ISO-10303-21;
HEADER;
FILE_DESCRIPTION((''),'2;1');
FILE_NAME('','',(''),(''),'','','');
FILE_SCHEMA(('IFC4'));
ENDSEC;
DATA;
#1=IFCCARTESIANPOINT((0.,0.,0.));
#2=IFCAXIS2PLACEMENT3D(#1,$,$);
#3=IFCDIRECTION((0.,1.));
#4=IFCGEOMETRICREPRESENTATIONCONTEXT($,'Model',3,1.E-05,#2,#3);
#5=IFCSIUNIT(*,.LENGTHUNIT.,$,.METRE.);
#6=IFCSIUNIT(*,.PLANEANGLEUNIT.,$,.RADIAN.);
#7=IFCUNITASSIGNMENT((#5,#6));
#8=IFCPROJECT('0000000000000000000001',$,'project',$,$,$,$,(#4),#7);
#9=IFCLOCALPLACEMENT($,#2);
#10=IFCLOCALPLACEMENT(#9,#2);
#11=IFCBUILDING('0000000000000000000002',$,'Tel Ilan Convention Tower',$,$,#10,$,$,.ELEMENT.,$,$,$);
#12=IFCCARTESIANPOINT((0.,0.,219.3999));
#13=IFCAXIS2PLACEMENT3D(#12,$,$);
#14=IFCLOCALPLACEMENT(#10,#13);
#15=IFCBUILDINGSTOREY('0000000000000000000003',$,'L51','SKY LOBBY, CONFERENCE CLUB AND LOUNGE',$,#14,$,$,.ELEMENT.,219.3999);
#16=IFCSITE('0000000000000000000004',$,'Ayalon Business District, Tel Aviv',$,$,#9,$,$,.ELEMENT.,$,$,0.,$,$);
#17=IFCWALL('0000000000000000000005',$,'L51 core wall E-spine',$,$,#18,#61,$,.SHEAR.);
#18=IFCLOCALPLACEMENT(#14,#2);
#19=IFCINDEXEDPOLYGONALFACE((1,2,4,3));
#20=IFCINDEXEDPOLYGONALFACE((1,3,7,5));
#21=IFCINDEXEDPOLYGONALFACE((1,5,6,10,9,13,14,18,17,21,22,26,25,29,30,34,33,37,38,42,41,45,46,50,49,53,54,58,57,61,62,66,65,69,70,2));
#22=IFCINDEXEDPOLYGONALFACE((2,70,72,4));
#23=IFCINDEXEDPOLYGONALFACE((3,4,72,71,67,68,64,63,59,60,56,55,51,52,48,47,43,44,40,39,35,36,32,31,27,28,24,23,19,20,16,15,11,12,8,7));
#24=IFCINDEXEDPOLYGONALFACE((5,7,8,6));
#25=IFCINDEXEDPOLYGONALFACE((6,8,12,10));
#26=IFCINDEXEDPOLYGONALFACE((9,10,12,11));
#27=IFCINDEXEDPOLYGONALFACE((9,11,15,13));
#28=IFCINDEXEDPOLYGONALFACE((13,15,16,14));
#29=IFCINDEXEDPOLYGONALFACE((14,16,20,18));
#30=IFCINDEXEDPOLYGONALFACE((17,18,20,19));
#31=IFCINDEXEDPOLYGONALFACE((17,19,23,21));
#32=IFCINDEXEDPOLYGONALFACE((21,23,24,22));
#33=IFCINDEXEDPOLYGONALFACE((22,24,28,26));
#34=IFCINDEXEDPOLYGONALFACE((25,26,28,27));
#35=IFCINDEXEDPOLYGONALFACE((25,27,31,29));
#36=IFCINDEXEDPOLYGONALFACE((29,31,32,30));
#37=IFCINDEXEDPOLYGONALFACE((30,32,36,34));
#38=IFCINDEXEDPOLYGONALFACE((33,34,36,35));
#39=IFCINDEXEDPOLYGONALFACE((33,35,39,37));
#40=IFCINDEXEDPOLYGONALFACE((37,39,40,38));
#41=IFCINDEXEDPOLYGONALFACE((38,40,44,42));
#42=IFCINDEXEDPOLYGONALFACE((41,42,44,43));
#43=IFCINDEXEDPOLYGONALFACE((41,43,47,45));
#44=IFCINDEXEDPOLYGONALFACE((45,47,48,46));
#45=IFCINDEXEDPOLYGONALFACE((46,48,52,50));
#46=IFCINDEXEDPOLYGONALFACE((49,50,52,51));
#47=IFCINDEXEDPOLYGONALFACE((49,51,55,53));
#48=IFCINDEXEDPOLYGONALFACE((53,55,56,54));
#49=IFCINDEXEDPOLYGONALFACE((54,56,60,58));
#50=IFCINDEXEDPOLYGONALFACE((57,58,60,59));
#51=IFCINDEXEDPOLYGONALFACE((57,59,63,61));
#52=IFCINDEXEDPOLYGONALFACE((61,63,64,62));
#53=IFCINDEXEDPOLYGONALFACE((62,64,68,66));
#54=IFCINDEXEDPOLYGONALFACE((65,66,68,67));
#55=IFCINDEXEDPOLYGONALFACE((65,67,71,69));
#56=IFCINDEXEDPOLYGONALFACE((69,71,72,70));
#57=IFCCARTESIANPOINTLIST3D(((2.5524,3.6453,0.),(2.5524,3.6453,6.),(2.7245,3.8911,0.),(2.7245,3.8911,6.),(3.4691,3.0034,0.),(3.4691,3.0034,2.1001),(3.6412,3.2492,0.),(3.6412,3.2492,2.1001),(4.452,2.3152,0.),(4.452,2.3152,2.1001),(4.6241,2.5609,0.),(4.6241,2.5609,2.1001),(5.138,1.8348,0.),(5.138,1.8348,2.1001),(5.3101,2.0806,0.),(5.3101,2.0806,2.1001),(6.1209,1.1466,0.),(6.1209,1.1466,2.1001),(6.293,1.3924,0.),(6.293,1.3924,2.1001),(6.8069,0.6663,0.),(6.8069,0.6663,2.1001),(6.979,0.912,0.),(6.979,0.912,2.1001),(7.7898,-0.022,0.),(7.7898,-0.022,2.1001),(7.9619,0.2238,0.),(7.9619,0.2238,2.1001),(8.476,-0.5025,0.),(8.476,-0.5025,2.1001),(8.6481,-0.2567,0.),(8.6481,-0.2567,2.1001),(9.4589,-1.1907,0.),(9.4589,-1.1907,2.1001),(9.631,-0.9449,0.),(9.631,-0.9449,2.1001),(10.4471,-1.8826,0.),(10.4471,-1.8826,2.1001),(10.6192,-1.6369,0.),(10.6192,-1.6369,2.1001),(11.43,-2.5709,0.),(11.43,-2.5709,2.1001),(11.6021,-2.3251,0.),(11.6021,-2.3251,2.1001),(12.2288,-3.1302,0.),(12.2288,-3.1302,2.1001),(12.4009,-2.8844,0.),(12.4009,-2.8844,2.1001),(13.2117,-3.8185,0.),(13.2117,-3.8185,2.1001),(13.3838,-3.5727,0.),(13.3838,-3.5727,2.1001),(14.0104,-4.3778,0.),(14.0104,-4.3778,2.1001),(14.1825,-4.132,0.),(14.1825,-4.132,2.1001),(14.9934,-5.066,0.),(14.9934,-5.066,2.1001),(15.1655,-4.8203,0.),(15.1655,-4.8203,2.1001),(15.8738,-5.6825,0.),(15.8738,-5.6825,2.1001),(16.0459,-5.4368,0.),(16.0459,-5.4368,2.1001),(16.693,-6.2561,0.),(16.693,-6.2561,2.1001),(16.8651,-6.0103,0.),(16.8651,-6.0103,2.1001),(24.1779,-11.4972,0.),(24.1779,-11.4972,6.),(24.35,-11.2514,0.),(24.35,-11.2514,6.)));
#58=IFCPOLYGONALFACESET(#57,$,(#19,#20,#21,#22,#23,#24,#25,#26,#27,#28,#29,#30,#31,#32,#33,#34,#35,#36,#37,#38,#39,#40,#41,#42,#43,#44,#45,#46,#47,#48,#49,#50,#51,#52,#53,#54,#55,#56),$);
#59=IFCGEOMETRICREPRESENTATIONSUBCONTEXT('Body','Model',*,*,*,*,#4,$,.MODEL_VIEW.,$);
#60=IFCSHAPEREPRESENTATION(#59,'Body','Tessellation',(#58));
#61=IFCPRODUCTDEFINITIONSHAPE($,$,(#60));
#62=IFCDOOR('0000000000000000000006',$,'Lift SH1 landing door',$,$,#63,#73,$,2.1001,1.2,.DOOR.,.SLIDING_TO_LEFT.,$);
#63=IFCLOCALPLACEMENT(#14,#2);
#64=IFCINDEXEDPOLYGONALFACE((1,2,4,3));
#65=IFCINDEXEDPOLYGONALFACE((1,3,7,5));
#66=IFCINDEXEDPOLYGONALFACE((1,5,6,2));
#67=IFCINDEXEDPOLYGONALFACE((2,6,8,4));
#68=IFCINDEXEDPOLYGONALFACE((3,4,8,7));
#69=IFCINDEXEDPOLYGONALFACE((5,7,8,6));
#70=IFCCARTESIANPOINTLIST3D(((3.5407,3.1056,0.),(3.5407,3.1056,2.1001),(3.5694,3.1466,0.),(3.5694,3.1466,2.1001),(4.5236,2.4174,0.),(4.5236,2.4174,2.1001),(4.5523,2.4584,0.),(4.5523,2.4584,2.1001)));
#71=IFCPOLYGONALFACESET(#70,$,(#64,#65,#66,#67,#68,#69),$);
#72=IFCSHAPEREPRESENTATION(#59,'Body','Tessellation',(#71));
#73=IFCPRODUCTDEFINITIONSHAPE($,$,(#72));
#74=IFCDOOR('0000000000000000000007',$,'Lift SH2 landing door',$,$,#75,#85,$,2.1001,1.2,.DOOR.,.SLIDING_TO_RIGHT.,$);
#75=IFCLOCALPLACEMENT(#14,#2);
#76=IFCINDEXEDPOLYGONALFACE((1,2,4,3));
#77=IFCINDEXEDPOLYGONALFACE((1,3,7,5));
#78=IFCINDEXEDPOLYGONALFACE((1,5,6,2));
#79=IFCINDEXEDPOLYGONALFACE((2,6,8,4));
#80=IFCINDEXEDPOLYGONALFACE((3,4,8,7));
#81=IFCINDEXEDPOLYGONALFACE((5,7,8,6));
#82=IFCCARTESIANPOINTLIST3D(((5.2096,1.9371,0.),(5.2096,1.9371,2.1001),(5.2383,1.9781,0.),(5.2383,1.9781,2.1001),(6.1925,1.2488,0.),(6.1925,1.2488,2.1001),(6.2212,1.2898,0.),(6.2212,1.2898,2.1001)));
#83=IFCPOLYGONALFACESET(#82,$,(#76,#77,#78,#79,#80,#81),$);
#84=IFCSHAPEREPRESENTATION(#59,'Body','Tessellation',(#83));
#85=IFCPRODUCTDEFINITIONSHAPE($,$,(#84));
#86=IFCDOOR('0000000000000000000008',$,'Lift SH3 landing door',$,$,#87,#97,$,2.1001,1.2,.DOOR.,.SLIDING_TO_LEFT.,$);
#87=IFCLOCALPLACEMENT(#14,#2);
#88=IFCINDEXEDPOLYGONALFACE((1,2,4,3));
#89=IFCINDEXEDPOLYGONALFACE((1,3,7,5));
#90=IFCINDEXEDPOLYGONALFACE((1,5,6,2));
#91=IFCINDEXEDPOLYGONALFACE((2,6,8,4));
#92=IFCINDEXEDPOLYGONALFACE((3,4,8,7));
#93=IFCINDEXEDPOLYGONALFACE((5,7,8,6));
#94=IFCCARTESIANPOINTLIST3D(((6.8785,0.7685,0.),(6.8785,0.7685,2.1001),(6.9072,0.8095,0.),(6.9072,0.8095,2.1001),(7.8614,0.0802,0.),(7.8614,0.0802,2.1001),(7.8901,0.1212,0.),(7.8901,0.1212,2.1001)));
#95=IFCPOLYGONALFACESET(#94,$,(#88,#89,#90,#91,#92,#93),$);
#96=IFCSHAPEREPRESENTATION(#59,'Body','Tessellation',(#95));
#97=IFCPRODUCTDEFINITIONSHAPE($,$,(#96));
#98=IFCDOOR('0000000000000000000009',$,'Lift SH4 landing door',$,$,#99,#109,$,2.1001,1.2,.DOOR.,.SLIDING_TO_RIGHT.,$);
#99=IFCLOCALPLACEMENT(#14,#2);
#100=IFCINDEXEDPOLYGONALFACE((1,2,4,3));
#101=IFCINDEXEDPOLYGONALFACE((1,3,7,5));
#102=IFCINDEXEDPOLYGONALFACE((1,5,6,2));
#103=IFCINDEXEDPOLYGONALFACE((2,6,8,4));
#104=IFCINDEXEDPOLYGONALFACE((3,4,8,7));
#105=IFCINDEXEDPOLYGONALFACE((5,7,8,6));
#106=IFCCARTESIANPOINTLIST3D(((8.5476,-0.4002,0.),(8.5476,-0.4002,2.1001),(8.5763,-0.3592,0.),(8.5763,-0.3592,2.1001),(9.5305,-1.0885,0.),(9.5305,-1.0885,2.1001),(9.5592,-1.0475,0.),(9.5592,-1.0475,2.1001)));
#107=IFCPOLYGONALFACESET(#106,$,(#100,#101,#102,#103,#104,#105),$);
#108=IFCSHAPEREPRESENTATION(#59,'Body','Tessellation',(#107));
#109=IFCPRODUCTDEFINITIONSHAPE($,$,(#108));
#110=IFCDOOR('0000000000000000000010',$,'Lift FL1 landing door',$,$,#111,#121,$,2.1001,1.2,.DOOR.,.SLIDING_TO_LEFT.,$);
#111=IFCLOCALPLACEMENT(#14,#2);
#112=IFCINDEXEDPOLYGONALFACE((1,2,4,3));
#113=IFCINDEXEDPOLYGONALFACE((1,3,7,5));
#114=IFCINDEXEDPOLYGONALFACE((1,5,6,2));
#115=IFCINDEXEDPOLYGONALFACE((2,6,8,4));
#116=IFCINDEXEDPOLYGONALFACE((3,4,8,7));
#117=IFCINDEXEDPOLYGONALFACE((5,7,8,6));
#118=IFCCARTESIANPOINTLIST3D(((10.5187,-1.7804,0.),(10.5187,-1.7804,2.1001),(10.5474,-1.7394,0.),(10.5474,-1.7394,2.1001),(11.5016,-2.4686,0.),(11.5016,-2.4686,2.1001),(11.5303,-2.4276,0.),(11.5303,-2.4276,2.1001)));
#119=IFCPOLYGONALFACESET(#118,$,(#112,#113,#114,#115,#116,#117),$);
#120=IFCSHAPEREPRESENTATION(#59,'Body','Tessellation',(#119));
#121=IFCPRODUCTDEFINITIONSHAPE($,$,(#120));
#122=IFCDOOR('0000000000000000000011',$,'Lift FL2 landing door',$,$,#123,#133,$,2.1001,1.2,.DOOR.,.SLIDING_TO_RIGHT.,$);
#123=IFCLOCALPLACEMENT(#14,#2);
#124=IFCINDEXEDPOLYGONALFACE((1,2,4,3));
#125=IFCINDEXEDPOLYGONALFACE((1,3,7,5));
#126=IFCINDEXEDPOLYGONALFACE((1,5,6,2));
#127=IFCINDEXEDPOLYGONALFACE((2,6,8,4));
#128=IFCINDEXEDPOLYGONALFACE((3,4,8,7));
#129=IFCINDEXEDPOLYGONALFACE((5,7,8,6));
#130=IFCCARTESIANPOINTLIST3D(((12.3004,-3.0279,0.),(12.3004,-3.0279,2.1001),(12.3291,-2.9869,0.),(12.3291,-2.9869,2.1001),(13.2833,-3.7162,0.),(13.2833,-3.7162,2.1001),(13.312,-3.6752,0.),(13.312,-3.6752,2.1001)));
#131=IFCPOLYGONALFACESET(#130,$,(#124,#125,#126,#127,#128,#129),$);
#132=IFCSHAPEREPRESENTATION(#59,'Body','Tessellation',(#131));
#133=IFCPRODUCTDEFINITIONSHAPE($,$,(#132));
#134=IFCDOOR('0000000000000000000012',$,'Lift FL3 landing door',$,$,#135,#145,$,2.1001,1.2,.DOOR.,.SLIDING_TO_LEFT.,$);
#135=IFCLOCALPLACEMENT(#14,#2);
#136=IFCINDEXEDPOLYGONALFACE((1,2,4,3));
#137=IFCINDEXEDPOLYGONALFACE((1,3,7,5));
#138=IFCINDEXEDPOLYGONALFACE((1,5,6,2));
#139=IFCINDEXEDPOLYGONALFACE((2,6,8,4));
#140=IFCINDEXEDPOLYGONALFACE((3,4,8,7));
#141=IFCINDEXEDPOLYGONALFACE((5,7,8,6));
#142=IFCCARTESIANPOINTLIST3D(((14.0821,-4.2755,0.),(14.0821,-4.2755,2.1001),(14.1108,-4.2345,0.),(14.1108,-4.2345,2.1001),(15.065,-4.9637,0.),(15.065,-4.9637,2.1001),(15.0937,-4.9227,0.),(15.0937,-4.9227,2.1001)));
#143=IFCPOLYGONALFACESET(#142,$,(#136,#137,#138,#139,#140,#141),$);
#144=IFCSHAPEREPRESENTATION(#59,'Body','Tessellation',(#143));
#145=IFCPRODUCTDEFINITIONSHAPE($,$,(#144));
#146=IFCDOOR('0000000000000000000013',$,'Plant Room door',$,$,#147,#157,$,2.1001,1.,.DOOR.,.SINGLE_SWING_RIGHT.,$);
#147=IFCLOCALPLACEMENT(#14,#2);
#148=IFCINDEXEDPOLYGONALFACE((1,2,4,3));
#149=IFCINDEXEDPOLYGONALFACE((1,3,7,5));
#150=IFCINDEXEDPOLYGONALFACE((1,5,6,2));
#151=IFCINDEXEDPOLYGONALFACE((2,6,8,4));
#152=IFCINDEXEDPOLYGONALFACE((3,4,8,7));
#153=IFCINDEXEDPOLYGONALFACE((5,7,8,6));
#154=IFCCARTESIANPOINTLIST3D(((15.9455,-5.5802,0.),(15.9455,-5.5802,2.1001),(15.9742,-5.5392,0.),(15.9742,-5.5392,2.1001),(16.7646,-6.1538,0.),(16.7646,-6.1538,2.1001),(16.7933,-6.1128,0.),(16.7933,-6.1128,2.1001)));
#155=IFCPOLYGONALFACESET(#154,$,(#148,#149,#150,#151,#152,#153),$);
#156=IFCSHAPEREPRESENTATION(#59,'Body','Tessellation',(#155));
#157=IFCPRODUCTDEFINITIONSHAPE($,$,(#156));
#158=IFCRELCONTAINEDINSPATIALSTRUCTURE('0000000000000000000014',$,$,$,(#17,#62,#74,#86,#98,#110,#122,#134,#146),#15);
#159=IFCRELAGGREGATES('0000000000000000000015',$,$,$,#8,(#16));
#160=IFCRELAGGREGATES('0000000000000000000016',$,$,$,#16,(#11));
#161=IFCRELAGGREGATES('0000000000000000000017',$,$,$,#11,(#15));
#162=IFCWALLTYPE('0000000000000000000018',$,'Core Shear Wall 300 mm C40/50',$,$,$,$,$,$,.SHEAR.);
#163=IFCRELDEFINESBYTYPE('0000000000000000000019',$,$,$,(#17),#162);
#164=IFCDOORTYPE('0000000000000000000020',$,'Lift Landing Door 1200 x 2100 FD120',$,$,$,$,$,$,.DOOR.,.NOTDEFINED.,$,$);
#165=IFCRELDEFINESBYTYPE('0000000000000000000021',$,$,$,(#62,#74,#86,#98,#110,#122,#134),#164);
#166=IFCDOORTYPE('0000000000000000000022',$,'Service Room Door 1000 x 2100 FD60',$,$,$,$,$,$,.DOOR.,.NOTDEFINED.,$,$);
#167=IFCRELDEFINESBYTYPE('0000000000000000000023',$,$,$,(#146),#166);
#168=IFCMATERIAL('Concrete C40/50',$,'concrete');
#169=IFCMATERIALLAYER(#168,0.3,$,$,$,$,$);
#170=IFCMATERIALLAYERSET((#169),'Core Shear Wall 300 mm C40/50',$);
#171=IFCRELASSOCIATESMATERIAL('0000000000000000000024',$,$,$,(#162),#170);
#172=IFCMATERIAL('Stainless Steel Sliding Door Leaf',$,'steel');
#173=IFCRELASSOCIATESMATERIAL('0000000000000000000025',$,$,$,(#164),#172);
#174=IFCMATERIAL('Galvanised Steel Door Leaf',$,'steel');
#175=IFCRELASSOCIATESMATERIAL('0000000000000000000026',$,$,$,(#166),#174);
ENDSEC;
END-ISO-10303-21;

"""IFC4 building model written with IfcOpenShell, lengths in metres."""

from ifc_helpers import new_model, si_unit, direction, frame, frame_2d, origin, place, context, subcontext, project, spatial, polyline, rectangle, outline, extrude, material, layer, layer_set, type_object, element, fill, save


model = new_model("IFC4")

# Units and contexts
model_context = context("Model", 3, precision=1e-05, world=origin(), true_north=direction((0.0, 1.0)))
body_context = subcontext(model_context, "Body", "Model", "MODEL_VIEW")
ifc_project = project(units=[si_unit("LENGTHUNIT", "METRE"), si_unit("PLANEANGLEUNIT", "RADIAN")], contexts=[model_context])

# Site, building, storey
site_placement = place(None, origin())
site = spatial("IfcSite", under=ifc_project, at=site_placement, Name="Ayalon Business District, Tel Aviv", CompositionType="ELEMENT", RefElevation=0.0)
building_placement = place(site_placement, origin())
building = spatial("IfcBuilding", under=site, at=building_placement, Name="Tel Ilan Convention Tower", CompositionType="ELEMENT")
storey_placement = place(building_placement, frame((0.0, 0.0, 219.3999)))
storey = spatial("IfcBuildingStorey", under=building, at=storey_placement, Name="L51", Description="SKY LOBBY, CONFERENCE CLUB AND LOUNGE", CompositionType="ELEMENT", Elevation=219.3999)

# Wall, openings, doors
ifc_material_1 = material(Name="Concrete C40/50", Category="concrete")
ifc_layer_1 = layer(ifc_material_1, 0.3)
ifc_layer_set_1 = layer_set([ifc_layer_1], Name="Core Shear Wall 300 mm C40/50")
wall_type_1 = type_object("IfcWallType", Name="Core Shear Wall 300 mm C40/50", PredefinedType="SHEAR", material=ifc_layer_set_1)
wall_1_placement = place(storey_placement, frame((2.6384, 3.7681, 0.0), z_axis=(0.0, 0.0, 1.0), x_axis=(0.819155, -0.573572, 0.0)))
wall_1 = element("IfcWall", 1, at=wall_1_placement, inside=storey, type_object=wall_type_1, Name="L51 core wall E-spine", PredefinedType="SHEAR", context=body_context, shape_type="SweptSolid", body=[
    extrude(outline(polyline([(0.0, 0.1501), (0.0, -0.1499), (26.3999, -0.1501), (26.3999, 0.1499), (0.0, 0.1501)])), origin(), (0.0, 0.0, 1.0), 6.0),
])
opening_1_placement = place(wall_1_placement, frame((1.1189, 0.0, 0.0)))
opening_1 = element("IfcOpeningElement", 2, at=opening_1_placement, cuts=wall_1, PredefinedType="OPENING", context=body_context, shape_type="SweptSolid", body=[
    extrude(rectangle(XDim=1.2, YDim=2.1001, at=frame_2d((0.6001, 1.05))), frame((0.0, 0.1599, 0.0), z_axis=(0.0, -1.0, 0.0), x_axis=(1.0, 0.0, 0.0)), (0.0, 0.0, 1.0), 0.3201),
])
opening_2_placement = place(wall_1_placement, frame((3.1562, 0.0, 0.0)))
opening_2 = element("IfcOpeningElement", 3, at=opening_2_placement, cuts=wall_1, PredefinedType="OPENING", context=body_context, shape_type="SweptSolid", body=[
    extrude(rectangle(XDim=1.2, YDim=2.1001, at=frame_2d((0.6001, 1.05))), frame((0.0, 0.1599, 0.0), z_axis=(0.0, -1.0, 0.0), x_axis=(1.0, 0.0, 0.0)), (0.0, 0.0, 1.0), 0.3201),
])
opening_3_placement = place(wall_1_placement, frame((5.1936, 0.0, 0.0)))
opening_3 = element("IfcOpeningElement", 4, at=opening_3_placement, cuts=wall_1, PredefinedType="OPENING", context=body_context, shape_type="SweptSolid", body=[
    extrude(rectangle(XDim=1.2, YDim=2.1001, at=frame_2d((0.6001, 1.05))), frame((0.0, 0.1599, 0.0), z_axis=(0.0, -1.0, 0.0), x_axis=(1.0, 0.0, 0.0)), (0.0, 0.0, 1.0), 0.3201),
])
opening_4_placement = place(wall_1_placement, frame((7.2312, 0.0, 0.0)))
opening_4 = element("IfcOpeningElement", 5, at=opening_4_placement, cuts=wall_1, PredefinedType="OPENING", context=body_context, shape_type="SweptSolid", body=[
    extrude(rectangle(XDim=1.2, YDim=2.1001, at=frame_2d((0.6001, 1.05))), frame((0.0, 0.1599, 0.0), z_axis=(0.0, -1.0, 0.0), x_axis=(1.0, 0.0, 0.0)), (0.0, 0.0, 1.0), 0.3201),
])
opening_5_placement = place(wall_1_placement, frame((9.6375, 0.0, 0.0)))
opening_5 = element("IfcOpeningElement", 6, at=opening_5_placement, cuts=wall_1, PredefinedType="OPENING", context=body_context, shape_type="SweptSolid", body=[
    extrude(rectangle(XDim=1.2, YDim=2.1001, at=frame_2d((0.6001, 1.05))), frame((0.0, 0.1599, 0.0), z_axis=(0.0, -1.0, 0.0), x_axis=(1.0, 0.0, 0.0)), (0.0, 0.0, 1.0), 0.3201),
])
opening_6_placement = place(wall_1_placement, frame((11.8125, 0.0, 0.0)))
opening_6 = element("IfcOpeningElement", 7, at=opening_6_placement, cuts=wall_1, PredefinedType="OPENING", context=body_context, shape_type="SweptSolid", body=[
    extrude(rectangle(XDim=1.2, YDim=2.1001, at=frame_2d((0.6001, 1.05))), frame((0.0, 0.1599, 0.0), z_axis=(0.0, -1.0, 0.0), x_axis=(1.0, 0.0, 0.0)), (0.0, 0.0, 1.0), 0.3201),
])
opening_7_placement = place(wall_1_placement, frame((13.9875, 0.0, 0.0)))
opening_7 = element("IfcOpeningElement", 8, at=opening_7_placement, cuts=wall_1, PredefinedType="OPENING", context=body_context, shape_type="SweptSolid", body=[
    extrude(rectangle(XDim=1.2, YDim=2.1001, at=frame_2d((0.6001, 1.05))), frame((0.0, 0.1599, 0.0), z_axis=(0.0, -1.0, 0.0), x_axis=(1.0, 0.0, 0.0)), (0.0, 0.0, 1.0), 0.3201),
])
opening_8_placement = place(wall_1_placement, frame((16.2625, 0.0, 0.0)))
opening_8 = element("IfcOpeningElement", 9, at=opening_8_placement, cuts=wall_1, PredefinedType="OPENING", context=body_context, shape_type="SweptSolid", body=[
    extrude(rectangle(XDim=1.0, YDim=2.1001, at=frame_2d((0.5, 1.05))), frame((0.0, 0.1599, 0.0), z_axis=(0.0, -1.0, 0.0), x_axis=(1.0, 0.0, 0.0)), (0.0, 0.0, 1.0), 0.3201),
])
ifc_material_2 = material(Name="Stainless Steel Sliding Door Leaf", Category="steel")
door_type_1 = type_object("IfcDoorType", Name="Lift Landing Door 1200 x 2100 FD120", OperationType="NOTDEFINED", PredefinedType="DOOR", material=ifc_material_2)
door_1_placement = place(opening_1_placement, origin())
door_1 = element("IfcDoor", 10, at=door_1_placement, inside=storey, type_object=door_type_1, Name="Lift SH1 landing door", OperationType="SLIDING_TO_LEFT", OverallHeight=2.1001, OverallWidth=1.2, PredefinedType="DOOR", context=body_context, shape_type="SweptSolid", body=[
    extrude(rectangle(XDim=1.2, YDim=2.1001, at=frame_2d((0.6001, 1.05))), frame((0.0, 0.0249, 0.0), z_axis=(0.0, -1.0, 0.0), x_axis=(1.0, 0.0, 0.0)), (0.0, 0.0, 1.0), 0.05),
])
fill(opening_1, door_1)
door_2_placement = place(opening_2_placement, origin())
door_2 = element("IfcDoor", 11, at=door_2_placement, inside=storey, type_object=door_type_1, Name="Lift SH2 landing door", OperationType="SLIDING_TO_RIGHT", OverallHeight=2.1001, OverallWidth=1.2, PredefinedType="DOOR", context=body_context, shape_type="SweptSolid", body=[
    extrude(rectangle(XDim=1.2, YDim=2.1001, at=frame_2d((0.6001, 1.05))), frame((0.0, 0.0249, 0.0), z_axis=(0.0, -1.0, 0.0), x_axis=(1.0, 0.0, 0.0)), (0.0, 0.0, 1.0), 0.05),
])
fill(opening_2, door_2)
door_3_placement = place(opening_3_placement, origin())
door_3 = element("IfcDoor", 12, at=door_3_placement, inside=storey, type_object=door_type_1, Name="Lift SH3 landing door", OperationType="SLIDING_TO_LEFT", OverallHeight=2.1001, OverallWidth=1.2, PredefinedType="DOOR", context=body_context, shape_type="SweptSolid", body=[
    extrude(rectangle(XDim=1.2, YDim=2.1001, at=frame_2d((0.6001, 1.05))), frame((0.0, 0.0249, 0.0), z_axis=(0.0, -1.0, 0.0), x_axis=(1.0, 0.0, 0.0)), (0.0, 0.0, 1.0), 0.05),
])
fill(opening_3, door_3)
door_4_placement = place(opening_4_placement, origin())
door_4 = element("IfcDoor", 13, at=door_4_placement, inside=storey, type_object=door_type_1, Name="Lift SH4 landing door", OperationType="SLIDING_TO_RIGHT", OverallHeight=2.1001, OverallWidth=1.2, PredefinedType="DOOR", context=body_context, shape_type="SweptSolid", body=[
    extrude(rectangle(XDim=1.2, YDim=2.1001, at=frame_2d((0.6001, 1.05))), frame((0.0, 0.0249, 0.0), z_axis=(0.0, -1.0, 0.0), x_axis=(1.0, 0.0, 0.0)), (0.0, 0.0, 1.0), 0.05),
])
fill(opening_4, door_4)
door_5_placement = place(opening_5_placement, origin())
door_5 = element("IfcDoor", 14, at=door_5_placement, inside=storey, type_object=door_type_1, Name="Lift FL1 landing door", OperationType="SLIDING_TO_LEFT", OverallHeight=2.1001, OverallWidth=1.2, PredefinedType="DOOR", context=body_context, shape_type="SweptSolid", body=[
    extrude(rectangle(XDim=1.2, YDim=2.1001, at=frame_2d((0.6001, 1.05))), frame((0.0, 0.0249, 0.0), z_axis=(0.0, -1.0, 0.0), x_axis=(1.0, 0.0, 0.0)), (0.0, 0.0, 1.0), 0.05),
])
fill(opening_5, door_5)
door_6_placement = place(opening_6_placement, origin())
door_6 = element("IfcDoor", 15, at=door_6_placement, inside=storey, type_object=door_type_1, Name="Lift FL2 landing door", OperationType="SLIDING_TO_RIGHT", OverallHeight=2.1001, OverallWidth=1.2, PredefinedType="DOOR", context=body_context, shape_type="SweptSolid", body=[
    extrude(rectangle(XDim=1.2, YDim=2.1001, at=frame_2d((0.6001, 1.05))), frame((0.0, 0.0249, 0.0), z_axis=(0.0, -1.0, 0.0), x_axis=(1.0, 0.0, 0.0)), (0.0, 0.0, 1.0), 0.05),
])
fill(opening_6, door_6)
door_7_placement = place(opening_7_placement, origin())
door_7 = element("IfcDoor", 16, at=door_7_placement, inside=storey, type_object=door_type_1, Name="Lift FL3 landing door", OperationType="SLIDING_TO_LEFT", OverallHeight=2.1001, OverallWidth=1.2, PredefinedType="DOOR", context=body_context, shape_type="SweptSolid", body=[
    extrude(rectangle(XDim=1.2, YDim=2.1001, at=frame_2d((0.6001, 1.05))), frame((0.0, 0.0249, 0.0), z_axis=(0.0, -1.0, 0.0), x_axis=(1.0, 0.0, 0.0)), (0.0, 0.0, 1.0), 0.05),
])
fill(opening_7, door_7)
ifc_material_3 = material(Name="Galvanised Steel Door Leaf", Category="steel")
door_type_2 = type_object("IfcDoorType", Name="Service Room Door 1000 x 2100 FD60", OperationType="NOTDEFINED", PredefinedType="DOOR", material=ifc_material_3)
door_8_placement = place(opening_8_placement, origin())
door_8 = element("IfcDoor", 17, at=door_8_placement, inside=storey, type_object=door_type_2, Name="Plant Room door", OperationType="SINGLE_SWING_RIGHT", OverallHeight=2.1001, OverallWidth=1.0, PredefinedType="DOOR", context=body_context, shape_type="SweptSolid", body=[
    extrude(rectangle(XDim=1.0, YDim=2.1001, at=frame_2d((0.5, 1.05))), frame((0.0, 0.0249, 0.0), z_axis=(0.0, -1.0, 0.0), x_axis=(1.0, 0.0, 0.0)), (0.0, 0.0, 1.0), 0.05),
])
fill(opening_8, door_8)

save(model, "model.ifc")
